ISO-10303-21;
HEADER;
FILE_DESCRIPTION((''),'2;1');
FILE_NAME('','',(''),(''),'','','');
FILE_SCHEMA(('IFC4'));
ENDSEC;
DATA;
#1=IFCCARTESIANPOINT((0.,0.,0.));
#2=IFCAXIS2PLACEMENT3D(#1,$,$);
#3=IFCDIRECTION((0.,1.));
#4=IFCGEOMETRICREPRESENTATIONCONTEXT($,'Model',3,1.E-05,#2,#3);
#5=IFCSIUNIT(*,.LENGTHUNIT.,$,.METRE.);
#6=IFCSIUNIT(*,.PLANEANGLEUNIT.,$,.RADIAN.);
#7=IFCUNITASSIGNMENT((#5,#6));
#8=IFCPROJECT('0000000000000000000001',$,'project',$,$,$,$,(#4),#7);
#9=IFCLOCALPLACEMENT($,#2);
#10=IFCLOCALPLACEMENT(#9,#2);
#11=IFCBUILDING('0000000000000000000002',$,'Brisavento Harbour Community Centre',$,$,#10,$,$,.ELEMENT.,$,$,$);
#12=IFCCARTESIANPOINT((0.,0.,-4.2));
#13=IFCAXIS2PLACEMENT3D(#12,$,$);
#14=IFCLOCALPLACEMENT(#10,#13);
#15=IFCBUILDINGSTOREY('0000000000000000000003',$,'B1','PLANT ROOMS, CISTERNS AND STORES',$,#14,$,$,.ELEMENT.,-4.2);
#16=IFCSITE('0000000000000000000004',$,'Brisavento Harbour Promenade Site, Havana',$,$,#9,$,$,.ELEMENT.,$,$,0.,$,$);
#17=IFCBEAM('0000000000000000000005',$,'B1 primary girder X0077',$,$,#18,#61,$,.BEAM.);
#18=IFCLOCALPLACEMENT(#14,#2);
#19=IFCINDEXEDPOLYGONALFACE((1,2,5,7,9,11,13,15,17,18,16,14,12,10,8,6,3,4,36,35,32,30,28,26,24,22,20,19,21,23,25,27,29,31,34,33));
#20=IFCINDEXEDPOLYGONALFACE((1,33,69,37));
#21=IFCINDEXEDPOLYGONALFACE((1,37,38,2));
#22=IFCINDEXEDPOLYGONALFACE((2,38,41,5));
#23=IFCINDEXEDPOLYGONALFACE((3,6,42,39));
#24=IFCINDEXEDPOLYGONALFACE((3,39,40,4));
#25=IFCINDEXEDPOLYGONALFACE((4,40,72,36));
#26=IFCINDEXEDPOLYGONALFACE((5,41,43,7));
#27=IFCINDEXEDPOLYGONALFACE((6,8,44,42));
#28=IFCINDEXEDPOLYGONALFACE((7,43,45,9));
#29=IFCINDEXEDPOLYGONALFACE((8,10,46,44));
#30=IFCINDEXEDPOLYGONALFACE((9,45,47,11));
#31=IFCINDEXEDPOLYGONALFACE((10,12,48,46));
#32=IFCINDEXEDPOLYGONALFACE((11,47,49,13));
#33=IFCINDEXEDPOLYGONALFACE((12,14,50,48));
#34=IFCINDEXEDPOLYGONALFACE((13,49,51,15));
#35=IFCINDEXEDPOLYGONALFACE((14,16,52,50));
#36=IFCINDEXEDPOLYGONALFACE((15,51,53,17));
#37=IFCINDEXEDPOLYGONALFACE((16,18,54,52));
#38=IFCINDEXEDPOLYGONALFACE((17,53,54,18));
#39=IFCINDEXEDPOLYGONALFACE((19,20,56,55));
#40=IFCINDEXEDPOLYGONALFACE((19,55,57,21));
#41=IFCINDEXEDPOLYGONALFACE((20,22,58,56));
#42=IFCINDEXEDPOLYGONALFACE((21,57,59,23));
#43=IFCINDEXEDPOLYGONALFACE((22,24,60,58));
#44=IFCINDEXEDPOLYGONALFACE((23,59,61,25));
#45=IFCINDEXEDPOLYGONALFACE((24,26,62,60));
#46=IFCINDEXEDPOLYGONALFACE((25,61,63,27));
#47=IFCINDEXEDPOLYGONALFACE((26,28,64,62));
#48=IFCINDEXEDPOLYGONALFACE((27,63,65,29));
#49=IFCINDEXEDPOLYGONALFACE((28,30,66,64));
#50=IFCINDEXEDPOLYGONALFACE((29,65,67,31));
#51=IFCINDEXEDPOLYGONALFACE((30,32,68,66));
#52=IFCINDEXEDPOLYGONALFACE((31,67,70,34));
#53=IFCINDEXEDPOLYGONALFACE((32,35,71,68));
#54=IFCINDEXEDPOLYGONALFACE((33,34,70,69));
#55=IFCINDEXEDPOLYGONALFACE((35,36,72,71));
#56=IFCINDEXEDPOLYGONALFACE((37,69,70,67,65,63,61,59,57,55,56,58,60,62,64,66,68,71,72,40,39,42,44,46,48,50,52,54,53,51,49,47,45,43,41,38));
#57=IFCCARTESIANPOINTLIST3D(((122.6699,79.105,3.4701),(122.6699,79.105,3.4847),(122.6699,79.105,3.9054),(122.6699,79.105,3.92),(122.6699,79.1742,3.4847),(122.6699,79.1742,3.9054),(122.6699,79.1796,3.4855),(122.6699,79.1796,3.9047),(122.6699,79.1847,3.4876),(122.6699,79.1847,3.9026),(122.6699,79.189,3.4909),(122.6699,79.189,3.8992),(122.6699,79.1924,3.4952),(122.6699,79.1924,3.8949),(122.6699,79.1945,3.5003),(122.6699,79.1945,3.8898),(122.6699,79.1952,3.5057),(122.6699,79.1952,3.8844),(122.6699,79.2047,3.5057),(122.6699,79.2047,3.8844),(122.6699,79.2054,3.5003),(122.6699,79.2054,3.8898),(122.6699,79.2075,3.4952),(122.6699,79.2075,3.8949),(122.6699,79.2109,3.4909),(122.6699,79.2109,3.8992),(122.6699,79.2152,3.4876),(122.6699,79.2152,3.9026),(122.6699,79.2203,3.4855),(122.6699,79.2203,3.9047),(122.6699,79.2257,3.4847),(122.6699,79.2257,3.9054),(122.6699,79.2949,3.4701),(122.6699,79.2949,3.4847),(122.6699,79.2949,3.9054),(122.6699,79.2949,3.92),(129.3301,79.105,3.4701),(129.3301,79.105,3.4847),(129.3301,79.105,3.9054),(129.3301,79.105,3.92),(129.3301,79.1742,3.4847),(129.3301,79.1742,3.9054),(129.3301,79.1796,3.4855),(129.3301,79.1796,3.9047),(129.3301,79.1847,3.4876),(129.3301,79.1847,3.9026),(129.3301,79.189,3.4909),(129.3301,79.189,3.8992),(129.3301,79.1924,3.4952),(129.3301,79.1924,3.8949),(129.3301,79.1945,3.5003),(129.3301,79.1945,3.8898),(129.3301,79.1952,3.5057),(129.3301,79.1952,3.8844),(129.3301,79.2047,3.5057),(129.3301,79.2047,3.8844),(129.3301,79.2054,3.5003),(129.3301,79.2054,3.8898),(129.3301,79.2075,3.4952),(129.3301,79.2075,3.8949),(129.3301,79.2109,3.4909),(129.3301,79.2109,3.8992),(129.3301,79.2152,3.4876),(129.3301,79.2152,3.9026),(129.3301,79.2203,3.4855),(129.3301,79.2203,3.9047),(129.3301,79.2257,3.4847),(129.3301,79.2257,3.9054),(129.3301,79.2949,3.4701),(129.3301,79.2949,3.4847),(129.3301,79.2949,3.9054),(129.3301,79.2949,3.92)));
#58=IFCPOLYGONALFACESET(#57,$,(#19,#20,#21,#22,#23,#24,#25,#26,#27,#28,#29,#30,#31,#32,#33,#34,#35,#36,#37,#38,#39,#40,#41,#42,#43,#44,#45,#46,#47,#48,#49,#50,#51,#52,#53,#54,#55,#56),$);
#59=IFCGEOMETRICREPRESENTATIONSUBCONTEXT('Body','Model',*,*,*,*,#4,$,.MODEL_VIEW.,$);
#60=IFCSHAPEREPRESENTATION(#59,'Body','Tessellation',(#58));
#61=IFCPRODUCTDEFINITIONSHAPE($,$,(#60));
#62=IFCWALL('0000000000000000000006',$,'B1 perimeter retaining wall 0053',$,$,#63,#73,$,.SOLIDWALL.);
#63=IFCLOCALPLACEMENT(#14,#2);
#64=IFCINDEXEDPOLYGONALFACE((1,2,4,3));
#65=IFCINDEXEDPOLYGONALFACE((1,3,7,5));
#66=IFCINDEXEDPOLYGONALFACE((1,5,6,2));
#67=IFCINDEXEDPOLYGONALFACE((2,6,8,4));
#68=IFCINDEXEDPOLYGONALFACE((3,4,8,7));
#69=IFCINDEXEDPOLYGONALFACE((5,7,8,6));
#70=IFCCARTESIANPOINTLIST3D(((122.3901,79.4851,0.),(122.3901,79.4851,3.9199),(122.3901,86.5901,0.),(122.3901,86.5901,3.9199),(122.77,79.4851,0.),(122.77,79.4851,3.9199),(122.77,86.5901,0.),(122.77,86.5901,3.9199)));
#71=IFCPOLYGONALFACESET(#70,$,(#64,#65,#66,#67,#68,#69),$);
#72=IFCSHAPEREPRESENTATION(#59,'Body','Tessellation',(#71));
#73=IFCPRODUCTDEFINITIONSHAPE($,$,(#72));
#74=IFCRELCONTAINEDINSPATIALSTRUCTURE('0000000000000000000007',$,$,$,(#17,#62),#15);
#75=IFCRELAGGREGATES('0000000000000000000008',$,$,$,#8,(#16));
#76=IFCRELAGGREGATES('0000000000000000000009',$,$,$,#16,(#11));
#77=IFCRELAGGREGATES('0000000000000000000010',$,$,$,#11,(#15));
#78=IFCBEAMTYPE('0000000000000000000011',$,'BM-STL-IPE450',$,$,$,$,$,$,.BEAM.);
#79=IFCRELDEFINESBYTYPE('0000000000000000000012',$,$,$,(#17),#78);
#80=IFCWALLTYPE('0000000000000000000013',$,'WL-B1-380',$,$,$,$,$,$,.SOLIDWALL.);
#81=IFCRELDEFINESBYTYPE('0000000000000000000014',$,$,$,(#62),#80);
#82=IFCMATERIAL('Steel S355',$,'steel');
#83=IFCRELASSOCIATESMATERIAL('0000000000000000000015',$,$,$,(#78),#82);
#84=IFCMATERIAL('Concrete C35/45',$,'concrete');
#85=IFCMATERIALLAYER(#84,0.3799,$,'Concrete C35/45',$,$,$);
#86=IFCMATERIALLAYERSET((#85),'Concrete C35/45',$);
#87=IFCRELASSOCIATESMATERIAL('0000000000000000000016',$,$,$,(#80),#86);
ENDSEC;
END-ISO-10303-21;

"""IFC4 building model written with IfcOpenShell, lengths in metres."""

from ifc_helpers import new_model, si_unit, direction, frame, frame_2d, origin, origin_2d, place, context, subcontext, project, spatial, rectangle, i_section, extrude, material, layer, layer_set, material_profile, profile_set, type_object, element, save


model = new_model("IFC4")

# Units and contexts
model_context = context("Model", 3, precision=1e-05, world=origin(), true_north=direction((0.0, 1.0)))
body_context = subcontext(model_context, "Body", "Model", "MODEL_VIEW")
ifc_project = project(units=[si_unit("LENGTHUNIT", "METRE"), si_unit("PLANEANGLEUNIT", "RADIAN")], contexts=[model_context])

# Site, building, storey
site_placement = place(None, origin())
site = spatial("IfcSite", under=ifc_project, at=site_placement, Name="Brisavento Harbour Promenade Site, Havana", CompositionType="ELEMENT", RefElevation=0.0)
building_placement = place(site_placement, origin())
building = spatial("IfcBuilding", under=site, at=building_placement, Name="Brisavento Harbour Community Centre", CompositionType="ELEMENT")
storey_placement = place(building_placement, frame((0.0, 0.0, -4.2)))
storey = spatial("IfcBuildingStorey", under=building, at=storey_placement, Name="B1", Description="PLANT ROOMS, CISTERNS AND STORES", CompositionType="ELEMENT", Elevation=-4.2)

# Shared definitions
ifc_material_1 = material(Name="Concrete C35/45", Category="concrete")

# Beam
ifc_material_2 = material(Name="Steel S355", Category="steel")
ifc_material_profile_1 = material_profile(ifc_material_2, i_section(OverallWidth=0.1899, OverallDepth=0.45, WebThickness=0.0095, FlangeThickness=0.0146, FilletRadius=0.021, at=origin_2d()), Name="Steel S355")
ifc_profile_set_1 = profile_set([ifc_material_profile_1], Name="Steel S355")
beam_type = type_object("IfcBeamType", Name="BM-STL-IPE450", PredefinedType="BEAM", material=ifc_profile_set_1)
beam_placement = place(storey_placement, frame((122.6699, 79.2, 3.6951), z_axis=(1.0, 0.0, 0.0), x_axis=(0.0, 1.0, 0.0)))
element("IfcBeam", 1, at=beam_placement, inside=storey, type_object=beam_type, Name="B1 primary girder X0077", PredefinedType="BEAM", context=body_context, shape_type="SweptSolid", body=[
    extrude(i_section(OverallWidth=0.1899, OverallDepth=0.45, WebThickness=0.0095, FlangeThickness=0.0146, FilletRadius=0.021, at=origin_2d()), origin(), (0.0, 0.0, 1.0), 6.6602),
])

# Wall
ifc_layer = layer(ifc_material_1, 0.3799, Name="Concrete C35/45")
ifc_layer_set = layer_set([ifc_layer], Name="Concrete C35/45")
wall_type = type_object("IfcWallType", Name="WL-B1-380", PredefinedType="SOLIDWALL", material=ifc_layer_set)
wall_placement = place(storey_placement, frame((122.5801, 79.4851, 0.0), z_axis=(0.0, 0.0, 1.0), x_axis=(0.0, 1.0, 0.0)))
element("IfcWall", 2, at=wall_placement, inside=storey, type_object=wall_type, Name="B1 perimeter retaining wall 0053", PredefinedType="SOLIDWALL", context=body_context, shape_type="SweptSolid", body=[
    extrude(rectangle(XDim=7.105, YDim=0.3799, at=frame_2d((3.5525, 0.0))), origin(), (0.0, 0.0, 1.0), 3.9199),
])

save(model, "model.ifc")
